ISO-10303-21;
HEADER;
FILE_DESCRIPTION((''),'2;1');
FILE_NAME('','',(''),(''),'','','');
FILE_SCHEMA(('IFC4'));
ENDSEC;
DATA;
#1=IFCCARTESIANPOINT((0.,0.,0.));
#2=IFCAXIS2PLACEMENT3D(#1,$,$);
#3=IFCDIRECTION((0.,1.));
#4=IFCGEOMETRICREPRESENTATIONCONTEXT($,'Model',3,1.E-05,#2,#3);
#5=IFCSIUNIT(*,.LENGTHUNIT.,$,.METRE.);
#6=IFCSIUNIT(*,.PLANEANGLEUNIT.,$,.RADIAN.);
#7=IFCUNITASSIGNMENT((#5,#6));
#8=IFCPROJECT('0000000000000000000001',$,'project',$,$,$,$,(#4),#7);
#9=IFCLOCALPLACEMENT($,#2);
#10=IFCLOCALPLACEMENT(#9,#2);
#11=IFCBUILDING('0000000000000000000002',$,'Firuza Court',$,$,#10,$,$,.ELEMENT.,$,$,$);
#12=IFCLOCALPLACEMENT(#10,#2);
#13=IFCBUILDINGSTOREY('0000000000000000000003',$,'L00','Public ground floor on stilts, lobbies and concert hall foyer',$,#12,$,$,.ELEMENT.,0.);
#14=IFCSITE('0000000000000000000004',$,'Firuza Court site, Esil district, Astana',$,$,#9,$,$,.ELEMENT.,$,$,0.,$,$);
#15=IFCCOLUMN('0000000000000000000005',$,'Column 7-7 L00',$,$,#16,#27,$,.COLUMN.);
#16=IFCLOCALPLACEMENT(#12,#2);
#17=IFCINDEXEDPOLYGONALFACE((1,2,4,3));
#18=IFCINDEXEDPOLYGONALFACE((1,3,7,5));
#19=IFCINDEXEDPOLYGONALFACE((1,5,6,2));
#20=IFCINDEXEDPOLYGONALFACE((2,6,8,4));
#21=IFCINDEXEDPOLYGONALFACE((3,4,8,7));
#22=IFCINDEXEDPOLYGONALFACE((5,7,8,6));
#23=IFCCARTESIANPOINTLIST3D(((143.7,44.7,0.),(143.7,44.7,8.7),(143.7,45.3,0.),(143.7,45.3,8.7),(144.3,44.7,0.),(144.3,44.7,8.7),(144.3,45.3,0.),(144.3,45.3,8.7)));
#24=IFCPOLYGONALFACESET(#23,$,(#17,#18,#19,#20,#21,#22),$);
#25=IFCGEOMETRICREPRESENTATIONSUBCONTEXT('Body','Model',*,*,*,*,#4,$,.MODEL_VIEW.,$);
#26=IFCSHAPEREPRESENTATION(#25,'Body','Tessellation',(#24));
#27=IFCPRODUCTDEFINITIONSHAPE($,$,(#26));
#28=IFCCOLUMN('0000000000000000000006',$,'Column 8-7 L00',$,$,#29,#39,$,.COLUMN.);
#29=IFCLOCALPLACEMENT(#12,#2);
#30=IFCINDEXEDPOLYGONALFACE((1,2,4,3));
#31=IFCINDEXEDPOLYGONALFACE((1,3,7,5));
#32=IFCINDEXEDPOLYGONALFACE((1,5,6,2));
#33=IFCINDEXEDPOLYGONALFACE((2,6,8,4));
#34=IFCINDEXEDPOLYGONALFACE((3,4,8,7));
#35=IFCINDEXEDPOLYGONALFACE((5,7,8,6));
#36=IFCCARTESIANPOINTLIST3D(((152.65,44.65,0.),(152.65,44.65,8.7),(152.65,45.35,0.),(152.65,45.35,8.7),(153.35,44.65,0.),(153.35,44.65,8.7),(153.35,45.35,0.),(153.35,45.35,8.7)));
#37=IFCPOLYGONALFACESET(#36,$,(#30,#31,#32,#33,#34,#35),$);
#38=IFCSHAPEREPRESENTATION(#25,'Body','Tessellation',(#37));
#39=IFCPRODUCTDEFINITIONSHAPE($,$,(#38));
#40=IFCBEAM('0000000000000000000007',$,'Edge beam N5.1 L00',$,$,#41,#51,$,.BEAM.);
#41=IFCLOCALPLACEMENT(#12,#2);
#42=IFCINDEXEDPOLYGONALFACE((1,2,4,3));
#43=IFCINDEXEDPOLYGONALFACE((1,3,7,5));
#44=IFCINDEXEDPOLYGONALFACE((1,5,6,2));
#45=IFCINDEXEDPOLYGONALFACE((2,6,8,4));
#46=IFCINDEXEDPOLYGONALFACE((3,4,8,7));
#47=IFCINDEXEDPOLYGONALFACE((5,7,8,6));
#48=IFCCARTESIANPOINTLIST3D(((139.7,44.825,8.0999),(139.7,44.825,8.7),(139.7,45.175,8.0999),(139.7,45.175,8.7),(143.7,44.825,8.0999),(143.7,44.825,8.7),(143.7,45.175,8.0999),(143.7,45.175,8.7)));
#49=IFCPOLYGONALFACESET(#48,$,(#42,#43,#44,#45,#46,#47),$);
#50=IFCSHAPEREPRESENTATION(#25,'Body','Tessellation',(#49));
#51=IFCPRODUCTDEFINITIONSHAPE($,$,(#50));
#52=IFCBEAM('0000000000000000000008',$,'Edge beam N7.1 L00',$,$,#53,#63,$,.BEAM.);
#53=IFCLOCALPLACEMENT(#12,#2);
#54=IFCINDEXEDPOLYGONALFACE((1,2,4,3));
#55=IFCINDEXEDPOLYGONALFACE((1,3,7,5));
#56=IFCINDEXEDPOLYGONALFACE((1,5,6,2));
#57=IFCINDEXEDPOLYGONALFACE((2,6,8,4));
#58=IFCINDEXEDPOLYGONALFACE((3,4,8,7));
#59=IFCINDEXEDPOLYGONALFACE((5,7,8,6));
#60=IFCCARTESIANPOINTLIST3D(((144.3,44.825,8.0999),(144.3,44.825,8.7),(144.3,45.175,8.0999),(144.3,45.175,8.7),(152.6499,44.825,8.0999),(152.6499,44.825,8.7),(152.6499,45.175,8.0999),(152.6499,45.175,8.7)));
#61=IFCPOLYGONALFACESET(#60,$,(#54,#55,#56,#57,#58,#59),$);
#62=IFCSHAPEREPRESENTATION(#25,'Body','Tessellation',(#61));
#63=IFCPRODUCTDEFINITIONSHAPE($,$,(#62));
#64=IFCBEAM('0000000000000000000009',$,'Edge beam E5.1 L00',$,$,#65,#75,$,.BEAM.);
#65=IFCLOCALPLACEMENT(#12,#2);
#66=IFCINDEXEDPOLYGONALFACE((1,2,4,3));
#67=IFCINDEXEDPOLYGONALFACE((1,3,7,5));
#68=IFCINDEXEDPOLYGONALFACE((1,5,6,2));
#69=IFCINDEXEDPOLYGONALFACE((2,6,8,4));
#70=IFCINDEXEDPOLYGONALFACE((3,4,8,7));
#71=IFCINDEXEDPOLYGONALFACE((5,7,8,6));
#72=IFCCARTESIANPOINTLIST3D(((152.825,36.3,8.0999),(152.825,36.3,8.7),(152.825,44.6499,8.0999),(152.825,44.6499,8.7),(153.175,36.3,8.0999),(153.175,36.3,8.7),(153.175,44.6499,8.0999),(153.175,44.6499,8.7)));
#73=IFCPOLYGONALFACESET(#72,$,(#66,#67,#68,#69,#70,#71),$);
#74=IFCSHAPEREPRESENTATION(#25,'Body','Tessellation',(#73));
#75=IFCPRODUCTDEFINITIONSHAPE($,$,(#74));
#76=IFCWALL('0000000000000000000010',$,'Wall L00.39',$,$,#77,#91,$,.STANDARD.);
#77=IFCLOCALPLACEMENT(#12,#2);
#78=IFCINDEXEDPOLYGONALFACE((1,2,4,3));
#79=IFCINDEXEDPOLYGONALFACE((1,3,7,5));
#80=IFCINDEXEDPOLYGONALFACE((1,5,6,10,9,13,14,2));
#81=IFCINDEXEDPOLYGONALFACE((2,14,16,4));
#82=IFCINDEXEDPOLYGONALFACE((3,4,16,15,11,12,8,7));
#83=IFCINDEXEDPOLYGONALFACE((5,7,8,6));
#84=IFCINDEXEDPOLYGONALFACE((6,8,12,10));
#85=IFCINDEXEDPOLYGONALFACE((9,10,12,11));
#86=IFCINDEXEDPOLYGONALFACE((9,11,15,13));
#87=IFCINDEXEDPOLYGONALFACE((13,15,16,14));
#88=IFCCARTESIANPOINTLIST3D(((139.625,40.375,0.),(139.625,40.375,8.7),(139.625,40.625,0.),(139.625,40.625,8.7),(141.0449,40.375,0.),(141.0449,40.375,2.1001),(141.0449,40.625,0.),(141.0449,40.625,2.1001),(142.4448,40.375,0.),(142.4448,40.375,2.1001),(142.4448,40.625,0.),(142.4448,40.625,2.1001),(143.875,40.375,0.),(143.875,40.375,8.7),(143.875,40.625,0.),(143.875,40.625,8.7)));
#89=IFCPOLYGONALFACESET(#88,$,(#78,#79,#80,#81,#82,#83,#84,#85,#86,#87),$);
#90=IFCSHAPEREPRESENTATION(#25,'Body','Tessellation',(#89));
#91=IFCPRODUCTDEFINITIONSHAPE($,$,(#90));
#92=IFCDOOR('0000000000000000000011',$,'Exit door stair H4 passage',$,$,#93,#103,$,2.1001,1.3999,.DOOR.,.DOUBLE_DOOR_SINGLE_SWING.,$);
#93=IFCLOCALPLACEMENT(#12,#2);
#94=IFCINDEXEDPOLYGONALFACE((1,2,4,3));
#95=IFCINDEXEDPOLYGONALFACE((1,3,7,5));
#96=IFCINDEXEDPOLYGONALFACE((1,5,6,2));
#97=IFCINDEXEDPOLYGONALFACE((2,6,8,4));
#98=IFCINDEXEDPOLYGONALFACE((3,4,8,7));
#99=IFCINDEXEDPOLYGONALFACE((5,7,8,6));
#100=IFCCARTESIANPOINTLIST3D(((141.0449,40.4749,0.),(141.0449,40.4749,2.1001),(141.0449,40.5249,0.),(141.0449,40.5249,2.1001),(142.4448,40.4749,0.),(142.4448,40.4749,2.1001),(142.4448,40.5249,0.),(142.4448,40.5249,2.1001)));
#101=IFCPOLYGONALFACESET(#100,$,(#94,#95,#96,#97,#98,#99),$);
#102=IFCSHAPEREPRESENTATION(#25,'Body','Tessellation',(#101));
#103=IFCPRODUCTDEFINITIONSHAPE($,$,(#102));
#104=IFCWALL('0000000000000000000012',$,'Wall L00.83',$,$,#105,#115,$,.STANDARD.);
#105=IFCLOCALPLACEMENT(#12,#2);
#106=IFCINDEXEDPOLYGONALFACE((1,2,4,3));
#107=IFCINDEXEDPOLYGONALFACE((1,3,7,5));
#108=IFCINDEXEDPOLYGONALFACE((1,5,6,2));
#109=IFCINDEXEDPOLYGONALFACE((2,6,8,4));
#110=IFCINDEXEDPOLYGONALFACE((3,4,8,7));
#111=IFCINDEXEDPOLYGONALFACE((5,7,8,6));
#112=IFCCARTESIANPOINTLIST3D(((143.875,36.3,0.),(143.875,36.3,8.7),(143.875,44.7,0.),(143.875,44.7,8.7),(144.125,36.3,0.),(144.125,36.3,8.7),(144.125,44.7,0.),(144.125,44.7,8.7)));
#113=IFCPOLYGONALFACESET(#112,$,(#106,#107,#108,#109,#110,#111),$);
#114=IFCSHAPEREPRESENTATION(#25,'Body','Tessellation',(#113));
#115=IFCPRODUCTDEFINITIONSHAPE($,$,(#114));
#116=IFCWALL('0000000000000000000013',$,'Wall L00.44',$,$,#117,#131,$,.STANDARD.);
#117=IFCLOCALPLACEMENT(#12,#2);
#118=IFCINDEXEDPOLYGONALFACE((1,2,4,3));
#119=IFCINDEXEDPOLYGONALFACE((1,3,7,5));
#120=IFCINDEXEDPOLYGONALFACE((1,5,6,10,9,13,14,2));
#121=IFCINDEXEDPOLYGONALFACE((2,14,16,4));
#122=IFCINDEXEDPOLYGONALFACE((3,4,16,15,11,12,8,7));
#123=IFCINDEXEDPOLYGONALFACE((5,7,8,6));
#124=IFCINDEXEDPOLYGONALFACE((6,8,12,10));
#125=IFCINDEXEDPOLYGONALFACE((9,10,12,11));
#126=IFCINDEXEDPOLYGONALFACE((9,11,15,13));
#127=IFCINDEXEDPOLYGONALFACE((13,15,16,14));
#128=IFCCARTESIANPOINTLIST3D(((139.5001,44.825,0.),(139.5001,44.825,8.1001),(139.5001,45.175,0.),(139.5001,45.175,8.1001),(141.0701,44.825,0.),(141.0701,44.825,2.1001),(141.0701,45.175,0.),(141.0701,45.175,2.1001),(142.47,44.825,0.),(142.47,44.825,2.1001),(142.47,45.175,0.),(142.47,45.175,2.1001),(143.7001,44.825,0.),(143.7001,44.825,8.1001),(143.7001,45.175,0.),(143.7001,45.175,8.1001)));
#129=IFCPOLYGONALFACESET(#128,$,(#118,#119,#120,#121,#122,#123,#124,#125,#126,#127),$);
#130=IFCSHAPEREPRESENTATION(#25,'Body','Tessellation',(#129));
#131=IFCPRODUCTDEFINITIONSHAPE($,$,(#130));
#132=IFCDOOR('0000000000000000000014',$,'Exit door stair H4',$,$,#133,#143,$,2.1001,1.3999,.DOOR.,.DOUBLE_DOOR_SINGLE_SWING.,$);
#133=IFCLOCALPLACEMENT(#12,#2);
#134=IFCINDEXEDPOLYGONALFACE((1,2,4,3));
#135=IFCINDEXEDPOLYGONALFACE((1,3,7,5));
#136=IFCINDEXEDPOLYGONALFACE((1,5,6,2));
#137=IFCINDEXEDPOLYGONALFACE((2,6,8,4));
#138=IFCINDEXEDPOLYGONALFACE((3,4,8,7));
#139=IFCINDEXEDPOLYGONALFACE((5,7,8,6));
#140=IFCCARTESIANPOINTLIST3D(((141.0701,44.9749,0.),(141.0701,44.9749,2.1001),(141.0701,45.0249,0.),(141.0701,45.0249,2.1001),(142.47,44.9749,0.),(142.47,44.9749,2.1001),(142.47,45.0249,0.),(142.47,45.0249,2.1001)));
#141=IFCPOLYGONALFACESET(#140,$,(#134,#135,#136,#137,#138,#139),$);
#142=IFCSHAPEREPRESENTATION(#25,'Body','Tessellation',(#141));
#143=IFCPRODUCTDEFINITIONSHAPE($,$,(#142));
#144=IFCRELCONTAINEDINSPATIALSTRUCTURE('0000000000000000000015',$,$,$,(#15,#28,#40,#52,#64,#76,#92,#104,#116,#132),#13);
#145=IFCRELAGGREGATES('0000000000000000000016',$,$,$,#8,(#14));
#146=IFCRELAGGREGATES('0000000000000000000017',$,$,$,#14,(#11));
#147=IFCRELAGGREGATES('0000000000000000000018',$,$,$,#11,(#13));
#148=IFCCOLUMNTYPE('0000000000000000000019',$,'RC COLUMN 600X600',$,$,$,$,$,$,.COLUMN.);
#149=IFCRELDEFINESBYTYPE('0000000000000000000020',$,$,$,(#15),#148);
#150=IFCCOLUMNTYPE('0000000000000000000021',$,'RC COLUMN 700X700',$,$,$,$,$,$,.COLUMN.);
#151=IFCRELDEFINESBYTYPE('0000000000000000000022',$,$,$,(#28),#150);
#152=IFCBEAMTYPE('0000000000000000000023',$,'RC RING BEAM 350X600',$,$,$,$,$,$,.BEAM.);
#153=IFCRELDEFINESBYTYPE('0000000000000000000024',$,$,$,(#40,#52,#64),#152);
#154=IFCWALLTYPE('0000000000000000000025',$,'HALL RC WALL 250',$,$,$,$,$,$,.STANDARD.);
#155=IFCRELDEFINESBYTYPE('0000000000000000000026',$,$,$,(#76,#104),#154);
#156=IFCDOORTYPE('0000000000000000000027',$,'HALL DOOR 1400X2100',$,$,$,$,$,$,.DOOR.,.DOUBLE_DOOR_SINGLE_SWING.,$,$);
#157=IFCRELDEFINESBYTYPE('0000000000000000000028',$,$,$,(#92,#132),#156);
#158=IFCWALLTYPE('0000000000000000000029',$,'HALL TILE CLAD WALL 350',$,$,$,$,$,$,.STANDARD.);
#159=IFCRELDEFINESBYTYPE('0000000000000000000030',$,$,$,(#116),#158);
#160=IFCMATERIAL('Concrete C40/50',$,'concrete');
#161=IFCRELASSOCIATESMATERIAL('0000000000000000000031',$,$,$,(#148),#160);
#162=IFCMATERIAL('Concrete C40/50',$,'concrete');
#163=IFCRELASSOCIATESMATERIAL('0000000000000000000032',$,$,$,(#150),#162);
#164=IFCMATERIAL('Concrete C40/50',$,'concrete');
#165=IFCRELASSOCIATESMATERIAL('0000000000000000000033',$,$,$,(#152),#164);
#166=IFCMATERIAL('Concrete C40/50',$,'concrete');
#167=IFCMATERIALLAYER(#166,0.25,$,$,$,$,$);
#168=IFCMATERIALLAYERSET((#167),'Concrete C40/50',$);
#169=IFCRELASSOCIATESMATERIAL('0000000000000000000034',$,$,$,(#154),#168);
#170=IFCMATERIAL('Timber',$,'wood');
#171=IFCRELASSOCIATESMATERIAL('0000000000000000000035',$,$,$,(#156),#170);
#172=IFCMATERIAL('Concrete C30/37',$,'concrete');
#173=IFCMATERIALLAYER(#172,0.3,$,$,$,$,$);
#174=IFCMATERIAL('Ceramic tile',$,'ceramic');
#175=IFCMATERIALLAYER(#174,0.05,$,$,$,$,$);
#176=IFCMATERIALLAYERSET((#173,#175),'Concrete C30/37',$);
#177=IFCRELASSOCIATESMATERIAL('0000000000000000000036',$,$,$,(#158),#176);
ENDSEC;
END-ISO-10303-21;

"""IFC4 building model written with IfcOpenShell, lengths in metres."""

from ifc_helpers import new_model, si_unit, direction, frame, frame_2d, origin, origin_2d, place, context, subcontext, project, spatial, rectangle, extrude, material, layer, layer_set, material_profile, profile_set, type_object, element, fill, save


model = new_model("IFC4")

# Units and contexts
model_context = context("Model", 3, precision=1e-05, world=origin(), true_north=direction((0.0, 1.0)))
body_context = subcontext(model_context, "Body", "Model", "MODEL_VIEW")
ifc_project = project(units=[si_unit("LENGTHUNIT", "METRE"), si_unit("PLANEANGLEUNIT", "RADIAN")], contexts=[model_context])

# Site, building, storey
site_placement = place(None, origin())
site = spatial("IfcSite", under=ifc_project, at=site_placement, Name="Firuza Court site, Esil district, Astana", CompositionType="ELEMENT", RefElevation=0.0)
building_placement = place(site_placement, origin())
building = spatial("IfcBuilding", under=site, at=building_placement, Name="Firuza Court", CompositionType="ELEMENT")
storey_placement = place(building_placement, origin())
storey = spatial("IfcBuildingStorey", under=building, at=storey_placement, Name="L00", Description="Public ground floor on stilts, lobbies and concert hall foyer", CompositionType="ELEMENT", Elevation=0.0)

# Columns
ifc_material_1 = material(Name="Concrete C40/50", Category="concrete")
ifc_material_profile_1 = material_profile(ifc_material_1, rectangle(XDim=0.6001, YDim=0.6001, at=origin_2d()), Name="RC 600X600")
ifc_profile_set_1 = profile_set([ifc_material_profile_1], Name="Concrete C40/50")
column_type_1 = type_object("IfcColumnType", Name="RC COLUMN 600X600", PredefinedType="COLUMN", material=ifc_profile_set_1)
column_1_placement = place(storey_placement, frame((144.0, 45.0, 0.0), z_axis=(0.0, 0.0, 1.0), x_axis=(1.0, 0.0, 0.0)))
element("IfcColumn", 1, at=column_1_placement, inside=storey, type_object=column_type_1, Name="Column 7-7 L00", PredefinedType="COLUMN", context=body_context, shape_type="SweptSolid", body=[
    extrude(rectangle(XDim=0.6001, YDim=0.6001, at=origin_2d()), origin(), (0.0, 0.0, 1.0), 8.7),
])
ifc_material_2 = material(Name="Concrete C40/50", Category="concrete")
ifc_material_profile_2 = material_profile(ifc_material_2, rectangle(XDim=0.7, YDim=0.7, at=origin_2d()), Name="RC 700X700")
ifc_profile_set_2 = profile_set([ifc_material_profile_2], Name="Concrete C40/50")
column_type_2 = type_object("IfcColumnType", Name="RC COLUMN 700X700", PredefinedType="COLUMN", material=ifc_profile_set_2)
column_2_placement = place(storey_placement, frame((153.0, 45.0, 0.0), z_axis=(0.0, 0.0, 1.0), x_axis=(1.0, 0.0, 0.0)))
element("IfcColumn", 2, at=column_2_placement, inside=storey, type_object=column_type_2, Name="Column 8-7 L00", PredefinedType="COLUMN", context=body_context, shape_type="SweptSolid", body=[
    extrude(rectangle(XDim=0.7, YDim=0.7, at=origin_2d()), origin(), (0.0, 0.0, 1.0), 8.7),
])

# Beams
ifc_material_3 = material(Name="Concrete C40/50", Category="concrete")
ifc_material_profile_3 = material_profile(ifc_material_3, rectangle(XDim=0.3501, YDim=0.6001, at=origin_2d()), Name="RC 350X600")
ifc_profile_set_3 = profile_set([ifc_material_profile_3], Name="Concrete C40/50")
beam_type = type_object("IfcBeamType", Name="RC RING BEAM 350X600", PredefinedType="BEAM", material=ifc_profile_set_3)
beam_placement = place(storey_placement, frame((139.7, 45.0, 8.3999), z_axis=(1.0, 0.0, 0.0), x_axis=(0.0, 1.0, 0.0)))
element("IfcBeam", 3, at=beam_placement, inside=storey, type_object=beam_type, Name="Edge beam N5.1 L00", PredefinedType="BEAM", context=body_context, shape_type="SweptSolid", body=[
    extrude(rectangle(XDim=0.3501, YDim=0.6001, at=origin_2d()), origin(), (0.0, 0.0, 1.0), 4.0),
])
for number, where, z_axis, x_axis, name in (
    (4, (144.3, 45.0, 8.3999), (1.0, 0.0, 0.0), (0.0, 1.0, 0.0), "Edge beam N7.1 L00"),
    (5, (153.0, 36.3, 8.3999), (0.0, 1.0, 0.0), (-1.0, 0.0, 0.0), "Edge beam E5.1 L00"),
):
    element("IfcBeam", number, at=place(storey_placement, frame(where, z_axis=z_axis, x_axis=x_axis)), inside=storey, type_object=beam_type, Name=name, PredefinedType="BEAM", context=body_context, shape_type="SweptSolid", body=[
        extrude(rectangle(XDim=0.3501, YDim=0.6001, at=origin_2d()), origin(), (0.0, 0.0, 1.0), 8.3499),
    ])

# Wall, opening, door
ifc_material_4 = material(Name="Concrete C40/50", Category="concrete")
ifc_layer_1 = layer(ifc_material_4, 0.25)
ifc_layer_set_1 = layer_set([ifc_layer_1], Name="Concrete C40/50")
wall_type_1 = type_object("IfcWallType", Name="HALL RC WALL 250", PredefinedType="STANDARD", material=ifc_layer_set_1)
wall_1_placement = place(storey_placement, frame((139.625, 40.5, 0.0), z_axis=(0.0, 0.0, 1.0), x_axis=(1.0, 0.0, 0.0)))
wall_1 = element("IfcWall", 6, at=wall_1_placement, inside=storey, type_object=wall_type_1, Name="Wall L00.39", PredefinedType="STANDARD", context=body_context, shape_type="SweptSolid", body=[
    extrude(rectangle(XDim=4.25, YDim=0.25, at=frame_2d((2.125, 0.0))), origin(), (0.0, 0.0, 1.0), 8.7),
])
opening_1_placement = place(wall_1_placement, frame((1.4199, 0.0, 0.0)))
opening_1 = element("IfcOpeningElement", 7, at=opening_1_placement, cuts=wall_1, PredefinedType="OPENING", context=body_context, shape_type="SweptSolid", body=[
    extrude(rectangle(XDim=1.3999, YDim=2.1001, at=frame_2d((0.7, 1.05))), frame((0.0, 0.137, 0.0), z_axis=(0.0, -1.0, 0.0), x_axis=(1.0, 0.0, 0.0)), (0.0, 0.0, 1.0), 0.2739),
])
ifc_material_5 = material(Name="Timber", Category="wood")
door_type = type_object("IfcDoorType", Name="HALL DOOR 1400X2100", OperationType="DOUBLE_DOOR_SINGLE_SWING", PredefinedType="DOOR", material=ifc_material_5)
door_1_placement = place(opening_1_placement, origin())
door_1 = element("IfcDoor", 8, at=door_1_placement, inside=storey, type_object=door_type, Name="Exit door stair H4 passage", OperationType="DOUBLE_DOOR_SINGLE_SWING", OverallHeight=2.1001, OverallWidth=1.3999, PredefinedType="DOOR", context=body_context, shape_type="SweptSolid", body=[
    extrude(rectangle(XDim=1.3999, YDim=2.1001, at=frame_2d((0.7, 1.05))), frame((0.0, 0.0249, 0.0), z_axis=(0.0, -1.0, 0.0), x_axis=(1.0, 0.0, 0.0)), (0.0, 0.0, 1.0), 0.05),
])
fill(opening_1, door_1)

# Wall
wall_2_placement = place(storey_placement, frame((144.0, 36.3, 0.0), z_axis=(0.0, 0.0, 1.0), x_axis=(0.0, 1.0, 0.0)))
element("IfcWall", 9, at=wall_2_placement, inside=storey, type_object=wall_type_1, Name="Wall L00.83", PredefinedType="STANDARD", context=body_context, shape_type="SweptSolid", body=[
    extrude(rectangle(XDim=8.3999, YDim=0.25, at=frame_2d((4.2, 0.0))), origin(), (0.0, 0.0, 1.0), 8.7),
])

# Wall, opening, door
ifc_material_6 = material(Name="Concrete C30/37", Category="concrete")
ifc_layer_2 = layer(ifc_material_6, 0.3)
ifc_material_7 = material(Name="Ceramic tile", Category="ceramic")
ifc_layer_3 = layer(ifc_material_7, 0.05)
ifc_layer_set_2 = layer_set([ifc_layer_2, ifc_layer_3], Name="Concrete C30/37")
wall_type_2 = type_object("IfcWallType", Name="HALL TILE CLAD WALL 350", PredefinedType="STANDARD", material=ifc_layer_set_2)
wall_3_placement = place(storey_placement, frame((139.5, 45.0, 0.0), z_axis=(0.0, 0.0, 1.0), x_axis=(1.0, 0.0, 0.0)))
wall_3 = element("IfcWall", 10, at=wall_3_placement, inside=storey, type_object=wall_type_2, Name="Wall L00.44", PredefinedType="STANDARD", context=body_context, shape_type="SweptSolid", body=[
    extrude(rectangle(XDim=4.2, YDim=0.3501, at=frame_2d((2.1001, 0.0))), origin(), (0.0, 0.0, 1.0), 8.1001),
])
opening_2_placement = place(wall_3_placement, frame((1.5701, 0.0, 0.0)))
opening_2 = element("IfcOpeningElement", 11, at=opening_2_placement, cuts=wall_3, PredefinedType="OPENING", context=body_context, shape_type="SweptSolid", body=[
    extrude(rectangle(XDim=1.3999, YDim=2.1001, at=frame_2d((0.7, 1.05))), frame((0.0, 0.187, 0.0), z_axis=(0.0, -1.0, 0.0), x_axis=(1.0, 0.0, 0.0)), (0.0, 0.0, 1.0), 0.374),
])
door_2_placement = place(opening_2_placement, origin())
door_2 = element("IfcDoor", 12, at=door_2_placement, inside=storey, type_object=door_type, Name="Exit door stair H4", OperationType="DOUBLE_DOOR_SINGLE_SWING", OverallHeight=2.1001, OverallWidth=1.3999, PredefinedType="DOOR", context=body_context, shape_type="SweptSolid", body=[
    extrude(rectangle(XDim=1.3999, YDim=2.1001, at=frame_2d((0.7, 1.05))), frame((0.0, 0.0249, 0.0), z_axis=(0.0, -1.0, 0.0), x_axis=(1.0, 0.0, 0.0)), (0.0, 0.0, 1.0), 0.05),
])
fill(opening_2, door_2)

save(model, "model.ifc")
